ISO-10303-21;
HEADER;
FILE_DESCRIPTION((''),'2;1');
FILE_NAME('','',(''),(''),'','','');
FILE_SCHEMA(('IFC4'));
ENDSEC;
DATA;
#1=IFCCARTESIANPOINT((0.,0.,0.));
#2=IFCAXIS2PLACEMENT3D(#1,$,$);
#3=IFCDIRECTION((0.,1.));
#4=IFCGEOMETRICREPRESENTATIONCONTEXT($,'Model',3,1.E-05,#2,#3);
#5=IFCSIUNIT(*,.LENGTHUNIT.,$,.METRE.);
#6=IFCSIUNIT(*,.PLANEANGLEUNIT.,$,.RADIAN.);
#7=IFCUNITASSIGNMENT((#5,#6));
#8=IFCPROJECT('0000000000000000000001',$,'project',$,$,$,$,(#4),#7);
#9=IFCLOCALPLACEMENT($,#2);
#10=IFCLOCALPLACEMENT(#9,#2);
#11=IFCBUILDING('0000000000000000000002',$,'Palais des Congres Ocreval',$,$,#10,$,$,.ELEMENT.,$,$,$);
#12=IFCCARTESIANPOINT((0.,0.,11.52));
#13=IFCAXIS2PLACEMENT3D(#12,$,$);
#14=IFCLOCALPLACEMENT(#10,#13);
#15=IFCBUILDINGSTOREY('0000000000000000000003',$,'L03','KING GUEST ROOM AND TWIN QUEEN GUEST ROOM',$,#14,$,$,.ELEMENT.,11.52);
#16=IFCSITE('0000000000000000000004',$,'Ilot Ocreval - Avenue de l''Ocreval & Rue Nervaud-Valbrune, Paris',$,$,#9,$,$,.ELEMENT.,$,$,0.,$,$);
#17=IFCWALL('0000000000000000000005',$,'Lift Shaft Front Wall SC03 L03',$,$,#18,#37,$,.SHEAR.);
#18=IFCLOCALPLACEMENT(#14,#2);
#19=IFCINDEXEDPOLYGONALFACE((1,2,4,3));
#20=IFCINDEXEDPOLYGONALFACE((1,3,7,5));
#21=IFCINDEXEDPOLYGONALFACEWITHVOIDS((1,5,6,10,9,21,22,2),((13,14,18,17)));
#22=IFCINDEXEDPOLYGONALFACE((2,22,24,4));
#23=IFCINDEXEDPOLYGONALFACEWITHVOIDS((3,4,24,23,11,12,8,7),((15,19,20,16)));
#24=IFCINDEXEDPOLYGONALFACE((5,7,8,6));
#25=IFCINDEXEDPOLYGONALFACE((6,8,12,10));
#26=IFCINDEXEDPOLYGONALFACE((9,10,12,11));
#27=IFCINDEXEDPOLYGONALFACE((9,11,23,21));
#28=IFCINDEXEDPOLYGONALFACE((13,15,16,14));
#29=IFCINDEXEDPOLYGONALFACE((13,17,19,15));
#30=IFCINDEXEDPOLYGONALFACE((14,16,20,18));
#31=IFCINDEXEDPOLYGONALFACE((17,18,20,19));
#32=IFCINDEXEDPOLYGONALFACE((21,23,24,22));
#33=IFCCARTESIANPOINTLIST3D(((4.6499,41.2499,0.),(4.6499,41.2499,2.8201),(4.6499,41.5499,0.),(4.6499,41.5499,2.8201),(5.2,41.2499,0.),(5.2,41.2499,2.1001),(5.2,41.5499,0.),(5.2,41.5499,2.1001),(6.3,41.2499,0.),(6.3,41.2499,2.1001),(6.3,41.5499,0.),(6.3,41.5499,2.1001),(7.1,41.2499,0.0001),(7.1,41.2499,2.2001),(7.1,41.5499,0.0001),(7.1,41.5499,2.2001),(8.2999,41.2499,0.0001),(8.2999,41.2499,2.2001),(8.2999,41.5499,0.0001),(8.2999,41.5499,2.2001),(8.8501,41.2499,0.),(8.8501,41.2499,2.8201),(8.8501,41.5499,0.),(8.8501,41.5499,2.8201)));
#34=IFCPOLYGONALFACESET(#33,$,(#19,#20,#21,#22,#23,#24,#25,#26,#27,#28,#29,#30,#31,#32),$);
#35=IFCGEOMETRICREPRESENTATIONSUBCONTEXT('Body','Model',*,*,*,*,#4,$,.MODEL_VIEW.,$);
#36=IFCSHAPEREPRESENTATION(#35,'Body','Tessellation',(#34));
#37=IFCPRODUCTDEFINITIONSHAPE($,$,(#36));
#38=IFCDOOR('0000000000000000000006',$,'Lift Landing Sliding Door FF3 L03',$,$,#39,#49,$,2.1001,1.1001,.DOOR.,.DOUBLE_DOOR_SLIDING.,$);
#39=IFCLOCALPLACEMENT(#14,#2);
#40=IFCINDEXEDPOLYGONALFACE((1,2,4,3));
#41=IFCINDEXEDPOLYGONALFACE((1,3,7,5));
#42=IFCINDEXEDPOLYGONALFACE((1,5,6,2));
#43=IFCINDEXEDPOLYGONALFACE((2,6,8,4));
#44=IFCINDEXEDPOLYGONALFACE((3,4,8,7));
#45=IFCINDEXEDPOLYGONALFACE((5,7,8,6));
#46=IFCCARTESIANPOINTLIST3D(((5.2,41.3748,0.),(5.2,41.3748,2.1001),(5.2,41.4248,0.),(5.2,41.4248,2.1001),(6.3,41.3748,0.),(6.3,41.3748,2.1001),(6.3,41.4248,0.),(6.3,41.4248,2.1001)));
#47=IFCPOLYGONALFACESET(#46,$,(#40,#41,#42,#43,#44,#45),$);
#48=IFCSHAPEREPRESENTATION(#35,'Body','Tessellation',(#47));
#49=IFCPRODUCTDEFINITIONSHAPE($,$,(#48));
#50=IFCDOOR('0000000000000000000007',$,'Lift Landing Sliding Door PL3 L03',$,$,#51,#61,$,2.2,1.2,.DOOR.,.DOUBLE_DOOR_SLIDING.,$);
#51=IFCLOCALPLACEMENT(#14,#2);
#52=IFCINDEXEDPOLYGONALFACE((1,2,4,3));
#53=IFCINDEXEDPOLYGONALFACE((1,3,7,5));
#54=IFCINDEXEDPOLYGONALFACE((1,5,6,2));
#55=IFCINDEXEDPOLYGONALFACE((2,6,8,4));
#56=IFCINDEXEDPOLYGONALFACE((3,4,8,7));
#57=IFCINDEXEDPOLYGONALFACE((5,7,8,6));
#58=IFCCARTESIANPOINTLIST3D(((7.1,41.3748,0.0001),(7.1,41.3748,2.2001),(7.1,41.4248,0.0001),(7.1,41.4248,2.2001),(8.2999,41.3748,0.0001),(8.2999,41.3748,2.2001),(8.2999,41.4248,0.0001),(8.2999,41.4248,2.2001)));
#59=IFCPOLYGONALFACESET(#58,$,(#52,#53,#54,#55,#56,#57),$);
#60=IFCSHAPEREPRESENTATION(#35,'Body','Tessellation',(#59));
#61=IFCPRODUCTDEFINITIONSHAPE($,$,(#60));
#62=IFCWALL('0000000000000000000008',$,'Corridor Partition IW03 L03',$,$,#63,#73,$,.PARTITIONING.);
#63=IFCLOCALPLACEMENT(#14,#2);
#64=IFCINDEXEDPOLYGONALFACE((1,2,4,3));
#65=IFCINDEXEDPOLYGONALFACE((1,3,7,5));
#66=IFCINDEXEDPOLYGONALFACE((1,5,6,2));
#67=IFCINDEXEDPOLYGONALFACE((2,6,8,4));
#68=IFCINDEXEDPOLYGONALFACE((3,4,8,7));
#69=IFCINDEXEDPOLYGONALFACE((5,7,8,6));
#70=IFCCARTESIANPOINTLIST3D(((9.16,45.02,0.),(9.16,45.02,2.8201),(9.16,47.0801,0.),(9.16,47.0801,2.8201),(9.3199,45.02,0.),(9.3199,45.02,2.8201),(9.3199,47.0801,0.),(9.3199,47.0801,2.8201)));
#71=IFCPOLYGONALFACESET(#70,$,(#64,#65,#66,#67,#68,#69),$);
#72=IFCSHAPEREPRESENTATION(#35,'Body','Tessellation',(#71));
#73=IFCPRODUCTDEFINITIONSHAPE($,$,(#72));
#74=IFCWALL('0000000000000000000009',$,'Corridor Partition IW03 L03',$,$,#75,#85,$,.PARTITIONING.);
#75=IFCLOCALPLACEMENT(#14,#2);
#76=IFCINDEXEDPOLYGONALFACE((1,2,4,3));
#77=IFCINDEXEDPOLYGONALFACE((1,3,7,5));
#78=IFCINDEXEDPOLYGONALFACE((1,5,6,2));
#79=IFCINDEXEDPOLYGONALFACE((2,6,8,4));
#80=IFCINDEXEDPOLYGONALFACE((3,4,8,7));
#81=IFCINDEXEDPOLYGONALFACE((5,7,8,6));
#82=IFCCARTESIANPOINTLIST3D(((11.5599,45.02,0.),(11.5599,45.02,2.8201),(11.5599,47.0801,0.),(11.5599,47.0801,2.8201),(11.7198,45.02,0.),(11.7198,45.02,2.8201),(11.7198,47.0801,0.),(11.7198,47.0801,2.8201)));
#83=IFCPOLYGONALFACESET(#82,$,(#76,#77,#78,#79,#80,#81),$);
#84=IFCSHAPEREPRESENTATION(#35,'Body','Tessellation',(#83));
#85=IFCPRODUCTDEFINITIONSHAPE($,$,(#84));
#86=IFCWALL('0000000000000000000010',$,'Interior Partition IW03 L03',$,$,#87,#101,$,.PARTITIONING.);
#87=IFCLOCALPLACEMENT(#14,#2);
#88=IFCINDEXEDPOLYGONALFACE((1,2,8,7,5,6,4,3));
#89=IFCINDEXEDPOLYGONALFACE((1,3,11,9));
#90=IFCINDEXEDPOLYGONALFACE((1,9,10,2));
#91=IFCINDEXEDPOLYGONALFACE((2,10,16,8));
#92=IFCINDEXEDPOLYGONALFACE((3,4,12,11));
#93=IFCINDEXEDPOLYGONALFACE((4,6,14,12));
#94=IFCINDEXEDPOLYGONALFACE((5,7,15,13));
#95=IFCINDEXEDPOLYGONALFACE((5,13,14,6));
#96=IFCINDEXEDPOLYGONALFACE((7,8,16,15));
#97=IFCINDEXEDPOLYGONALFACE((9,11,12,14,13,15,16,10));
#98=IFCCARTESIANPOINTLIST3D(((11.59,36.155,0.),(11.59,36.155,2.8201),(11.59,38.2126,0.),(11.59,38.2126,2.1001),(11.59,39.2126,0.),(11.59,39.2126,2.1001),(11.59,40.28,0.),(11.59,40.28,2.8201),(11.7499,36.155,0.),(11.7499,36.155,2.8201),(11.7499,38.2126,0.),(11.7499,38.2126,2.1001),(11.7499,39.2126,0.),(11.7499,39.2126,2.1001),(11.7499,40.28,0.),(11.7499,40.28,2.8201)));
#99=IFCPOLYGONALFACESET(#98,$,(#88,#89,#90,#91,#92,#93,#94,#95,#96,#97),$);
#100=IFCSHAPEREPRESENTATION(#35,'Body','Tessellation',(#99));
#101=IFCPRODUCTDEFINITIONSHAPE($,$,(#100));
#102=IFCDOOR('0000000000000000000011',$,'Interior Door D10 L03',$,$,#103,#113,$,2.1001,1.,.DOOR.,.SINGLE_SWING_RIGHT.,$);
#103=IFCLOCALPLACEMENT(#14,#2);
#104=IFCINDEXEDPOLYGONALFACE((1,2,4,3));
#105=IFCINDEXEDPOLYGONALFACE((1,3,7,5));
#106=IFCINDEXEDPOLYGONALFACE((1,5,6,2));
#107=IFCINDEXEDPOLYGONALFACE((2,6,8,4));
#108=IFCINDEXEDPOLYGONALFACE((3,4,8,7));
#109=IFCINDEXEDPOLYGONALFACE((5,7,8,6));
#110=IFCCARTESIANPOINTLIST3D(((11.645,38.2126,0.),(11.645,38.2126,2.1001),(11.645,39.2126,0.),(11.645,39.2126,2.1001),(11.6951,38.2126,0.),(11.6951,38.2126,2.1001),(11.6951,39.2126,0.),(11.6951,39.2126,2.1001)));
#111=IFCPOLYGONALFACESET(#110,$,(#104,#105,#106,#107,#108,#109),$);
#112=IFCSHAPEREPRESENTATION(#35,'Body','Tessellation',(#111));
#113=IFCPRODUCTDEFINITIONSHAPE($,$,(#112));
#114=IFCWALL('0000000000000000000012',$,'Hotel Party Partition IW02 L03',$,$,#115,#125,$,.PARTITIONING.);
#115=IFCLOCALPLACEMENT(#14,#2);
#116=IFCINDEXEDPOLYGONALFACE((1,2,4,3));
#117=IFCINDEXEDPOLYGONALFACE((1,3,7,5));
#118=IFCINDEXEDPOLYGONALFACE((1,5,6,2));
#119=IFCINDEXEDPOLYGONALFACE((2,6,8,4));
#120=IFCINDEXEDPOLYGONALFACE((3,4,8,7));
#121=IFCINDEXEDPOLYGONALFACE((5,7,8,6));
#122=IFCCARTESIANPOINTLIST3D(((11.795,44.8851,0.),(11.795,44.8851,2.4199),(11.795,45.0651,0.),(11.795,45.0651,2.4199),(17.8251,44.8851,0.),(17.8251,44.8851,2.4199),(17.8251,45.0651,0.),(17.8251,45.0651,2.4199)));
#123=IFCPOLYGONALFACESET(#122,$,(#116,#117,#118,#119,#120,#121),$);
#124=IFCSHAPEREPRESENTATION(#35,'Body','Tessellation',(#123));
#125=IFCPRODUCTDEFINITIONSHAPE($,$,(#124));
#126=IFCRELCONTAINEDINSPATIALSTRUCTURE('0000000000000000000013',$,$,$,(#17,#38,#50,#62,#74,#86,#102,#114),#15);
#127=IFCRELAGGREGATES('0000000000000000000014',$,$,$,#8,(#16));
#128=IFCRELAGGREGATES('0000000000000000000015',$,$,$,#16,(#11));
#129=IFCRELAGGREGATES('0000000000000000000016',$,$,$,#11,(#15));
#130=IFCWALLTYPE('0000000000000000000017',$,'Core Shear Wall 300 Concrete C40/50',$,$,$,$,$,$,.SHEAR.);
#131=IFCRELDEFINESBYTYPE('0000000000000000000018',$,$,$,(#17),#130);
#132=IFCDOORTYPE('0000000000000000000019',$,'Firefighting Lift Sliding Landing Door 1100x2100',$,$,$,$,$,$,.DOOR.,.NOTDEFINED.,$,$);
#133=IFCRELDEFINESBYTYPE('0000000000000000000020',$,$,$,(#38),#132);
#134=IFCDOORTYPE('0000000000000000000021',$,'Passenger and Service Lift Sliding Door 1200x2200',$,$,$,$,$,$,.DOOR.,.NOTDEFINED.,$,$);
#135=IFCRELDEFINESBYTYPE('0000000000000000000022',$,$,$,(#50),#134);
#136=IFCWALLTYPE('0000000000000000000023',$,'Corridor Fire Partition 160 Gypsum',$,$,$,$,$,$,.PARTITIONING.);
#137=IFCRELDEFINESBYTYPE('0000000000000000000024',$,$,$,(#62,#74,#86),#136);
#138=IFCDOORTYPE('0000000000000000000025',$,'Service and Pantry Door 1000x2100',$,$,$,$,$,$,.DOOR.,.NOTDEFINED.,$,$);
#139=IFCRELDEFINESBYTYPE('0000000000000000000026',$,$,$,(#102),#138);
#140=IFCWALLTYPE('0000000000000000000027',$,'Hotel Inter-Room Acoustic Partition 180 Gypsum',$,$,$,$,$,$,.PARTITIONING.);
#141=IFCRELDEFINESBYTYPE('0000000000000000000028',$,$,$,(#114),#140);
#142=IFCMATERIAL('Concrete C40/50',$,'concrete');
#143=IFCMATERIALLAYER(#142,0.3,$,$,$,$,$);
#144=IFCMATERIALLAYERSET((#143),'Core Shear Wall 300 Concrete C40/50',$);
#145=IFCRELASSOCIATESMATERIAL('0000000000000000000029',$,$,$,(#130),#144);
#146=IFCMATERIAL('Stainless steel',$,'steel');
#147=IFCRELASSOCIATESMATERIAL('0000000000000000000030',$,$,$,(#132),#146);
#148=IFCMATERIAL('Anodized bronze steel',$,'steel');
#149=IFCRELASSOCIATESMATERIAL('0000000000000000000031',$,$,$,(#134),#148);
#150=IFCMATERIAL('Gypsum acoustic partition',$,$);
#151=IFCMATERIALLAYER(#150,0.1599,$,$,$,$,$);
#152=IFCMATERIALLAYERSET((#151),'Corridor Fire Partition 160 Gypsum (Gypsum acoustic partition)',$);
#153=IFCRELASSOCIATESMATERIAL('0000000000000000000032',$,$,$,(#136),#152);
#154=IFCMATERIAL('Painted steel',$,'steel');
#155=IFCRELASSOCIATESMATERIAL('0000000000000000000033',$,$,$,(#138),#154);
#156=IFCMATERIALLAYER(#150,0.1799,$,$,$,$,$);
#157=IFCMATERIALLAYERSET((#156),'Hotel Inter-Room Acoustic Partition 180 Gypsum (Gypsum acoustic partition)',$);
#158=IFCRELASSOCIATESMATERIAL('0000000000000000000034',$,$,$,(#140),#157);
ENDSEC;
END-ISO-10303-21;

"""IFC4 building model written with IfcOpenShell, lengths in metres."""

from ifc_helpers import new_model, si_unit, direction, frame, frame_2d, origin, place, context, subcontext, project, spatial, rectangle, extrude, material, layer, layer_set, type_object, element, fill, save


model = new_model("IFC4")

# Units and contexts
model_context = context("Model", 3, precision=1e-05, world=origin(), true_north=direction((0.0, 1.0)))
body_context = subcontext(model_context, "Body", "Model", "MODEL_VIEW")
ifc_project = project(units=[si_unit("LENGTHUNIT", "METRE"), si_unit("PLANEANGLEUNIT", "RADIAN")], contexts=[model_context])

# Site, building, storey
site_placement = place(None, origin())
site = spatial("IfcSite", under=ifc_project, at=site_placement, Name="Ilot Ocreval - Avenue de l'Ocreval & Rue Nervaud-Valbrune, Paris", CompositionType="ELEMENT", RefElevation=0.0)
building_placement = place(site_placement, origin())
building = spatial("IfcBuilding", under=site, at=building_placement, Name="Palais des Congres Ocreval", CompositionType="ELEMENT")
storey_placement = place(building_placement, frame((0.0, 0.0, 11.52)))
storey = spatial("IfcBuildingStorey", under=building, at=storey_placement, Name="L03", Description="KING GUEST ROOM AND TWIN QUEEN GUEST ROOM", CompositionType="ELEMENT", Elevation=11.52)

# Shared definitions
ifc_material_1 = material(Name="Concrete C40/50", Category="concrete")

# Wall, openings, doors
ifc_layer_1 = layer(ifc_material_1, 0.3)
ifc_layer_set_1 = layer_set([ifc_layer_1], Name="Core Shear Wall 300 Concrete C40/50")
wall_type_1 = type_object("IfcWallType", Name="Core Shear Wall 300 Concrete C40/50", PredefinedType="SHEAR", material=ifc_layer_set_1)
wall_1_placement = place(storey_placement, frame((4.6499, 41.3999, 0.0), z_axis=(0.0, 0.0, 1.0), x_axis=(1.0, 0.0, 0.0)))
wall_1 = element("IfcWall", 1, at=wall_1_placement, inside=storey, type_object=wall_type_1, Name="Lift Shaft Front Wall SC03 L03", PredefinedType="SHEAR", context=body_context, shape_type="SweptSolid", body=[
    extrude(rectangle(XDim=4.2002, YDim=0.3, at=frame_2d((2.1001, 0.0))), origin(), (0.0, 0.0, 1.0), 2.8201),
])
opening_1_placement = place(wall_1_placement, frame((0.55, 0.0, 0.0)))
opening_1 = element("IfcOpeningElement", 2, at=opening_1_placement, cuts=wall_1, PredefinedType="OPENING", context=body_context, shape_type="SweptSolid", body=[
    extrude(rectangle(XDim=1.1001, YDim=2.1001, at=frame_2d((0.55, 1.05))), frame((0.0, 0.1599, 0.0), z_axis=(0.0, -1.0, 0.0), x_axis=(1.0, 0.0, 0.0)), (0.0, 0.0, 1.0), 0.3201),
])
opening_2_placement = place(wall_1_placement, frame((2.45, 0.0, 0.0)))
opening_2 = element("IfcOpeningElement", 3, at=opening_2_placement, cuts=wall_1, PredefinedType="OPENING", context=body_context, shape_type="SweptSolid", body=[
    extrude(rectangle(XDim=1.2, YDim=2.2, at=frame_2d((0.6001, 1.1001))), frame((0.0, 0.1599, 0.0), z_axis=(0.0, -1.0, 0.0), x_axis=(1.0, 0.0, 0.0)), (0.0, 0.0, 1.0), 0.3201),
])
ifc_material_2 = material(Name="Stainless steel", Category="steel")
door_type_1 = type_object("IfcDoorType", Name="Firefighting Lift Sliding Landing Door 1100x2100", OperationType="NOTDEFINED", PredefinedType="DOOR", material=ifc_material_2)
door_1_placement = place(opening_1_placement, origin())
door_1 = element("IfcDoor", 4, at=door_1_placement, inside=storey, type_object=door_type_1, Name="Lift Landing Sliding Door FF3 L03", OperationType="DOUBLE_DOOR_SLIDING", OverallHeight=2.1001, OverallWidth=1.1001, PredefinedType="DOOR", context=body_context, shape_type="SweptSolid", body=[
    extrude(rectangle(XDim=1.1001, YDim=2.1001, at=frame_2d((0.55, 1.05))), frame((0.0, 0.0249, 0.0), z_axis=(0.0, -1.0, 0.0), x_axis=(1.0, 0.0, 0.0)), (0.0, 0.0, 1.0), 0.05),
])
fill(opening_1, door_1)
ifc_material_3 = material(Name="Anodized bronze steel", Category="steel")
door_type_2 = type_object("IfcDoorType", Name="Passenger and Service Lift Sliding Door 1200x2200", OperationType="NOTDEFINED", PredefinedType="DOOR", material=ifc_material_3)
door_2_placement = place(opening_2_placement, origin())
door_2 = element("IfcDoor", 5, at=door_2_placement, inside=storey, type_object=door_type_2, Name="Lift Landing Sliding Door PL3 L03", OperationType="DOUBLE_DOOR_SLIDING", OverallHeight=2.2, OverallWidth=1.2, PredefinedType="DOOR", context=body_context, shape_type="SweptSolid", body=[
    extrude(rectangle(XDim=1.2, YDim=2.2, at=frame_2d((0.6001, 1.1001))), frame((0.0, 0.0249, 0.0), z_axis=(0.0, -1.0, 0.0), x_axis=(1.0, 0.0, 0.0)), (0.0, 0.0, 1.0), 0.05),
])
fill(opening_2, door_2)

# Walls
ifc_material_4 = material(Name="Gypsum acoustic partition")
ifc_layer_2 = layer(ifc_material_4, 0.1599)
ifc_layer_set_2 = layer_set([ifc_layer_2], Name="Corridor Fire Partition 160 Gypsum (Gypsum acoustic partition)")
wall_type_2 = type_object("IfcWallType", Name="Corridor Fire Partition 160 Gypsum", PredefinedType="PARTITIONING", material=ifc_layer_set_2)
for number, where, z_axis, x_axis, name in (
    (6, (9.24, 45.02, 0.0), (0.0, 0.0, 1.0), (0.0, 1.0, 0.0), "Corridor Partition IW03 L03"),
    (7, (11.6399, 45.02, 0.0), (0.0, 0.0, 1.0), (0.0, 1.0, 0.0), "Corridor Partition IW03 L03"),
):
    element("IfcWall", number, at=place(storey_placement, frame(where, z_axis=z_axis, x_axis=x_axis)), inside=storey, type_object=wall_type_2, Name=name, PredefinedType="PARTITIONING", context=body_context, shape_type="SweptSolid", body=[
        extrude(rectangle(XDim=2.0601, YDim=0.1599, at=frame_2d((1.03, 0.0))), origin(), (0.0, 0.0, 1.0), 2.8201),
    ])

# Wall, opening, door
wall_2_placement = place(storey_placement, frame((11.6699, 36.155, 0.0), z_axis=(0.0, 0.0, 1.0), x_axis=(0.0, 1.0, 0.0)))
wall_2 = element("IfcWall", 8, at=wall_2_placement, inside=storey, type_object=wall_type_2, Name="Interior Partition IW03 L03", PredefinedType="PARTITIONING", context=body_context, shape_type="SweptSolid", body=[
    extrude(rectangle(XDim=4.125, YDim=0.1599, at=frame_2d((2.0625, 0.0))), origin(), (0.0, 0.0, 1.0), 2.8201),
])
opening_3_placement = place(wall_2_placement, frame((2.0576, 0.0, 0.0)))
opening_3 = element("IfcOpeningElement", 9, at=opening_3_placement, cuts=wall_2, PredefinedType="OPENING", context=body_context, shape_type="SweptSolid", body=[
    extrude(rectangle(XDim=1.0, YDim=2.1001, at=frame_2d((0.5, 1.05))), frame((0.0, 0.0898, 0.0), z_axis=(0.0, -1.0, 0.0), x_axis=(1.0, 0.0, 0.0)), (0.0, 0.0, 1.0), 0.1799),
])
ifc_material_5 = material(Name="Painted steel", Category="steel")
door_type_3 = type_object("IfcDoorType", Name="Service and Pantry Door 1000x2100", OperationType="NOTDEFINED", PredefinedType="DOOR", material=ifc_material_5)
door_3_placement = place(opening_3_placement, origin())
door_3 = element("IfcDoor", 10, at=door_3_placement, inside=storey, type_object=door_type_3, Name="Interior Door D10 L03", OperationType="SINGLE_SWING_RIGHT", OverallHeight=2.1001, OverallWidth=1.0, PredefinedType="DOOR", context=body_context, shape_type="SweptSolid", body=[
    extrude(rectangle(XDim=1.0, YDim=2.1001, at=frame_2d((0.5, 1.05))), frame((0.0, 0.0249, 0.0), z_axis=(0.0, -1.0, 0.0), x_axis=(1.0, 0.0, 0.0)), (0.0, 0.0, 1.0), 0.05),
])
fill(opening_3, door_3)

# Wall
ifc_layer_3 = layer(ifc_material_4, 0.1799)
ifc_layer_set_3 = layer_set([ifc_layer_3], Name="Hotel Inter-Room Acoustic Partition 180 Gypsum (Gypsum acoustic partition)")
wall_type_3 = type_object("IfcWallType", Name="Hotel Inter-Room Acoustic Partition 180 Gypsum", PredefinedType="PARTITIONING", material=ifc_layer_set_3)
wall_3_placement = place(storey_placement, frame((11.7949, 44.9751, 0.0), z_axis=(0.0, 0.0, 1.0), x_axis=(1.0, 0.0, 0.0)))
element("IfcWall", 11, at=wall_3_placement, inside=storey, type_object=wall_type_3, Name="Hotel Party Partition IW02 L03", PredefinedType="PARTITIONING", context=body_context, shape_type="SweptSolid", body=[
    extrude(rectangle(XDim=6.03, YDim=0.1799, at=frame_2d((3.0151, 0.0))), origin(), (0.0, 0.0, 1.0), 2.4199),
])

save(model, "model.ifc")
